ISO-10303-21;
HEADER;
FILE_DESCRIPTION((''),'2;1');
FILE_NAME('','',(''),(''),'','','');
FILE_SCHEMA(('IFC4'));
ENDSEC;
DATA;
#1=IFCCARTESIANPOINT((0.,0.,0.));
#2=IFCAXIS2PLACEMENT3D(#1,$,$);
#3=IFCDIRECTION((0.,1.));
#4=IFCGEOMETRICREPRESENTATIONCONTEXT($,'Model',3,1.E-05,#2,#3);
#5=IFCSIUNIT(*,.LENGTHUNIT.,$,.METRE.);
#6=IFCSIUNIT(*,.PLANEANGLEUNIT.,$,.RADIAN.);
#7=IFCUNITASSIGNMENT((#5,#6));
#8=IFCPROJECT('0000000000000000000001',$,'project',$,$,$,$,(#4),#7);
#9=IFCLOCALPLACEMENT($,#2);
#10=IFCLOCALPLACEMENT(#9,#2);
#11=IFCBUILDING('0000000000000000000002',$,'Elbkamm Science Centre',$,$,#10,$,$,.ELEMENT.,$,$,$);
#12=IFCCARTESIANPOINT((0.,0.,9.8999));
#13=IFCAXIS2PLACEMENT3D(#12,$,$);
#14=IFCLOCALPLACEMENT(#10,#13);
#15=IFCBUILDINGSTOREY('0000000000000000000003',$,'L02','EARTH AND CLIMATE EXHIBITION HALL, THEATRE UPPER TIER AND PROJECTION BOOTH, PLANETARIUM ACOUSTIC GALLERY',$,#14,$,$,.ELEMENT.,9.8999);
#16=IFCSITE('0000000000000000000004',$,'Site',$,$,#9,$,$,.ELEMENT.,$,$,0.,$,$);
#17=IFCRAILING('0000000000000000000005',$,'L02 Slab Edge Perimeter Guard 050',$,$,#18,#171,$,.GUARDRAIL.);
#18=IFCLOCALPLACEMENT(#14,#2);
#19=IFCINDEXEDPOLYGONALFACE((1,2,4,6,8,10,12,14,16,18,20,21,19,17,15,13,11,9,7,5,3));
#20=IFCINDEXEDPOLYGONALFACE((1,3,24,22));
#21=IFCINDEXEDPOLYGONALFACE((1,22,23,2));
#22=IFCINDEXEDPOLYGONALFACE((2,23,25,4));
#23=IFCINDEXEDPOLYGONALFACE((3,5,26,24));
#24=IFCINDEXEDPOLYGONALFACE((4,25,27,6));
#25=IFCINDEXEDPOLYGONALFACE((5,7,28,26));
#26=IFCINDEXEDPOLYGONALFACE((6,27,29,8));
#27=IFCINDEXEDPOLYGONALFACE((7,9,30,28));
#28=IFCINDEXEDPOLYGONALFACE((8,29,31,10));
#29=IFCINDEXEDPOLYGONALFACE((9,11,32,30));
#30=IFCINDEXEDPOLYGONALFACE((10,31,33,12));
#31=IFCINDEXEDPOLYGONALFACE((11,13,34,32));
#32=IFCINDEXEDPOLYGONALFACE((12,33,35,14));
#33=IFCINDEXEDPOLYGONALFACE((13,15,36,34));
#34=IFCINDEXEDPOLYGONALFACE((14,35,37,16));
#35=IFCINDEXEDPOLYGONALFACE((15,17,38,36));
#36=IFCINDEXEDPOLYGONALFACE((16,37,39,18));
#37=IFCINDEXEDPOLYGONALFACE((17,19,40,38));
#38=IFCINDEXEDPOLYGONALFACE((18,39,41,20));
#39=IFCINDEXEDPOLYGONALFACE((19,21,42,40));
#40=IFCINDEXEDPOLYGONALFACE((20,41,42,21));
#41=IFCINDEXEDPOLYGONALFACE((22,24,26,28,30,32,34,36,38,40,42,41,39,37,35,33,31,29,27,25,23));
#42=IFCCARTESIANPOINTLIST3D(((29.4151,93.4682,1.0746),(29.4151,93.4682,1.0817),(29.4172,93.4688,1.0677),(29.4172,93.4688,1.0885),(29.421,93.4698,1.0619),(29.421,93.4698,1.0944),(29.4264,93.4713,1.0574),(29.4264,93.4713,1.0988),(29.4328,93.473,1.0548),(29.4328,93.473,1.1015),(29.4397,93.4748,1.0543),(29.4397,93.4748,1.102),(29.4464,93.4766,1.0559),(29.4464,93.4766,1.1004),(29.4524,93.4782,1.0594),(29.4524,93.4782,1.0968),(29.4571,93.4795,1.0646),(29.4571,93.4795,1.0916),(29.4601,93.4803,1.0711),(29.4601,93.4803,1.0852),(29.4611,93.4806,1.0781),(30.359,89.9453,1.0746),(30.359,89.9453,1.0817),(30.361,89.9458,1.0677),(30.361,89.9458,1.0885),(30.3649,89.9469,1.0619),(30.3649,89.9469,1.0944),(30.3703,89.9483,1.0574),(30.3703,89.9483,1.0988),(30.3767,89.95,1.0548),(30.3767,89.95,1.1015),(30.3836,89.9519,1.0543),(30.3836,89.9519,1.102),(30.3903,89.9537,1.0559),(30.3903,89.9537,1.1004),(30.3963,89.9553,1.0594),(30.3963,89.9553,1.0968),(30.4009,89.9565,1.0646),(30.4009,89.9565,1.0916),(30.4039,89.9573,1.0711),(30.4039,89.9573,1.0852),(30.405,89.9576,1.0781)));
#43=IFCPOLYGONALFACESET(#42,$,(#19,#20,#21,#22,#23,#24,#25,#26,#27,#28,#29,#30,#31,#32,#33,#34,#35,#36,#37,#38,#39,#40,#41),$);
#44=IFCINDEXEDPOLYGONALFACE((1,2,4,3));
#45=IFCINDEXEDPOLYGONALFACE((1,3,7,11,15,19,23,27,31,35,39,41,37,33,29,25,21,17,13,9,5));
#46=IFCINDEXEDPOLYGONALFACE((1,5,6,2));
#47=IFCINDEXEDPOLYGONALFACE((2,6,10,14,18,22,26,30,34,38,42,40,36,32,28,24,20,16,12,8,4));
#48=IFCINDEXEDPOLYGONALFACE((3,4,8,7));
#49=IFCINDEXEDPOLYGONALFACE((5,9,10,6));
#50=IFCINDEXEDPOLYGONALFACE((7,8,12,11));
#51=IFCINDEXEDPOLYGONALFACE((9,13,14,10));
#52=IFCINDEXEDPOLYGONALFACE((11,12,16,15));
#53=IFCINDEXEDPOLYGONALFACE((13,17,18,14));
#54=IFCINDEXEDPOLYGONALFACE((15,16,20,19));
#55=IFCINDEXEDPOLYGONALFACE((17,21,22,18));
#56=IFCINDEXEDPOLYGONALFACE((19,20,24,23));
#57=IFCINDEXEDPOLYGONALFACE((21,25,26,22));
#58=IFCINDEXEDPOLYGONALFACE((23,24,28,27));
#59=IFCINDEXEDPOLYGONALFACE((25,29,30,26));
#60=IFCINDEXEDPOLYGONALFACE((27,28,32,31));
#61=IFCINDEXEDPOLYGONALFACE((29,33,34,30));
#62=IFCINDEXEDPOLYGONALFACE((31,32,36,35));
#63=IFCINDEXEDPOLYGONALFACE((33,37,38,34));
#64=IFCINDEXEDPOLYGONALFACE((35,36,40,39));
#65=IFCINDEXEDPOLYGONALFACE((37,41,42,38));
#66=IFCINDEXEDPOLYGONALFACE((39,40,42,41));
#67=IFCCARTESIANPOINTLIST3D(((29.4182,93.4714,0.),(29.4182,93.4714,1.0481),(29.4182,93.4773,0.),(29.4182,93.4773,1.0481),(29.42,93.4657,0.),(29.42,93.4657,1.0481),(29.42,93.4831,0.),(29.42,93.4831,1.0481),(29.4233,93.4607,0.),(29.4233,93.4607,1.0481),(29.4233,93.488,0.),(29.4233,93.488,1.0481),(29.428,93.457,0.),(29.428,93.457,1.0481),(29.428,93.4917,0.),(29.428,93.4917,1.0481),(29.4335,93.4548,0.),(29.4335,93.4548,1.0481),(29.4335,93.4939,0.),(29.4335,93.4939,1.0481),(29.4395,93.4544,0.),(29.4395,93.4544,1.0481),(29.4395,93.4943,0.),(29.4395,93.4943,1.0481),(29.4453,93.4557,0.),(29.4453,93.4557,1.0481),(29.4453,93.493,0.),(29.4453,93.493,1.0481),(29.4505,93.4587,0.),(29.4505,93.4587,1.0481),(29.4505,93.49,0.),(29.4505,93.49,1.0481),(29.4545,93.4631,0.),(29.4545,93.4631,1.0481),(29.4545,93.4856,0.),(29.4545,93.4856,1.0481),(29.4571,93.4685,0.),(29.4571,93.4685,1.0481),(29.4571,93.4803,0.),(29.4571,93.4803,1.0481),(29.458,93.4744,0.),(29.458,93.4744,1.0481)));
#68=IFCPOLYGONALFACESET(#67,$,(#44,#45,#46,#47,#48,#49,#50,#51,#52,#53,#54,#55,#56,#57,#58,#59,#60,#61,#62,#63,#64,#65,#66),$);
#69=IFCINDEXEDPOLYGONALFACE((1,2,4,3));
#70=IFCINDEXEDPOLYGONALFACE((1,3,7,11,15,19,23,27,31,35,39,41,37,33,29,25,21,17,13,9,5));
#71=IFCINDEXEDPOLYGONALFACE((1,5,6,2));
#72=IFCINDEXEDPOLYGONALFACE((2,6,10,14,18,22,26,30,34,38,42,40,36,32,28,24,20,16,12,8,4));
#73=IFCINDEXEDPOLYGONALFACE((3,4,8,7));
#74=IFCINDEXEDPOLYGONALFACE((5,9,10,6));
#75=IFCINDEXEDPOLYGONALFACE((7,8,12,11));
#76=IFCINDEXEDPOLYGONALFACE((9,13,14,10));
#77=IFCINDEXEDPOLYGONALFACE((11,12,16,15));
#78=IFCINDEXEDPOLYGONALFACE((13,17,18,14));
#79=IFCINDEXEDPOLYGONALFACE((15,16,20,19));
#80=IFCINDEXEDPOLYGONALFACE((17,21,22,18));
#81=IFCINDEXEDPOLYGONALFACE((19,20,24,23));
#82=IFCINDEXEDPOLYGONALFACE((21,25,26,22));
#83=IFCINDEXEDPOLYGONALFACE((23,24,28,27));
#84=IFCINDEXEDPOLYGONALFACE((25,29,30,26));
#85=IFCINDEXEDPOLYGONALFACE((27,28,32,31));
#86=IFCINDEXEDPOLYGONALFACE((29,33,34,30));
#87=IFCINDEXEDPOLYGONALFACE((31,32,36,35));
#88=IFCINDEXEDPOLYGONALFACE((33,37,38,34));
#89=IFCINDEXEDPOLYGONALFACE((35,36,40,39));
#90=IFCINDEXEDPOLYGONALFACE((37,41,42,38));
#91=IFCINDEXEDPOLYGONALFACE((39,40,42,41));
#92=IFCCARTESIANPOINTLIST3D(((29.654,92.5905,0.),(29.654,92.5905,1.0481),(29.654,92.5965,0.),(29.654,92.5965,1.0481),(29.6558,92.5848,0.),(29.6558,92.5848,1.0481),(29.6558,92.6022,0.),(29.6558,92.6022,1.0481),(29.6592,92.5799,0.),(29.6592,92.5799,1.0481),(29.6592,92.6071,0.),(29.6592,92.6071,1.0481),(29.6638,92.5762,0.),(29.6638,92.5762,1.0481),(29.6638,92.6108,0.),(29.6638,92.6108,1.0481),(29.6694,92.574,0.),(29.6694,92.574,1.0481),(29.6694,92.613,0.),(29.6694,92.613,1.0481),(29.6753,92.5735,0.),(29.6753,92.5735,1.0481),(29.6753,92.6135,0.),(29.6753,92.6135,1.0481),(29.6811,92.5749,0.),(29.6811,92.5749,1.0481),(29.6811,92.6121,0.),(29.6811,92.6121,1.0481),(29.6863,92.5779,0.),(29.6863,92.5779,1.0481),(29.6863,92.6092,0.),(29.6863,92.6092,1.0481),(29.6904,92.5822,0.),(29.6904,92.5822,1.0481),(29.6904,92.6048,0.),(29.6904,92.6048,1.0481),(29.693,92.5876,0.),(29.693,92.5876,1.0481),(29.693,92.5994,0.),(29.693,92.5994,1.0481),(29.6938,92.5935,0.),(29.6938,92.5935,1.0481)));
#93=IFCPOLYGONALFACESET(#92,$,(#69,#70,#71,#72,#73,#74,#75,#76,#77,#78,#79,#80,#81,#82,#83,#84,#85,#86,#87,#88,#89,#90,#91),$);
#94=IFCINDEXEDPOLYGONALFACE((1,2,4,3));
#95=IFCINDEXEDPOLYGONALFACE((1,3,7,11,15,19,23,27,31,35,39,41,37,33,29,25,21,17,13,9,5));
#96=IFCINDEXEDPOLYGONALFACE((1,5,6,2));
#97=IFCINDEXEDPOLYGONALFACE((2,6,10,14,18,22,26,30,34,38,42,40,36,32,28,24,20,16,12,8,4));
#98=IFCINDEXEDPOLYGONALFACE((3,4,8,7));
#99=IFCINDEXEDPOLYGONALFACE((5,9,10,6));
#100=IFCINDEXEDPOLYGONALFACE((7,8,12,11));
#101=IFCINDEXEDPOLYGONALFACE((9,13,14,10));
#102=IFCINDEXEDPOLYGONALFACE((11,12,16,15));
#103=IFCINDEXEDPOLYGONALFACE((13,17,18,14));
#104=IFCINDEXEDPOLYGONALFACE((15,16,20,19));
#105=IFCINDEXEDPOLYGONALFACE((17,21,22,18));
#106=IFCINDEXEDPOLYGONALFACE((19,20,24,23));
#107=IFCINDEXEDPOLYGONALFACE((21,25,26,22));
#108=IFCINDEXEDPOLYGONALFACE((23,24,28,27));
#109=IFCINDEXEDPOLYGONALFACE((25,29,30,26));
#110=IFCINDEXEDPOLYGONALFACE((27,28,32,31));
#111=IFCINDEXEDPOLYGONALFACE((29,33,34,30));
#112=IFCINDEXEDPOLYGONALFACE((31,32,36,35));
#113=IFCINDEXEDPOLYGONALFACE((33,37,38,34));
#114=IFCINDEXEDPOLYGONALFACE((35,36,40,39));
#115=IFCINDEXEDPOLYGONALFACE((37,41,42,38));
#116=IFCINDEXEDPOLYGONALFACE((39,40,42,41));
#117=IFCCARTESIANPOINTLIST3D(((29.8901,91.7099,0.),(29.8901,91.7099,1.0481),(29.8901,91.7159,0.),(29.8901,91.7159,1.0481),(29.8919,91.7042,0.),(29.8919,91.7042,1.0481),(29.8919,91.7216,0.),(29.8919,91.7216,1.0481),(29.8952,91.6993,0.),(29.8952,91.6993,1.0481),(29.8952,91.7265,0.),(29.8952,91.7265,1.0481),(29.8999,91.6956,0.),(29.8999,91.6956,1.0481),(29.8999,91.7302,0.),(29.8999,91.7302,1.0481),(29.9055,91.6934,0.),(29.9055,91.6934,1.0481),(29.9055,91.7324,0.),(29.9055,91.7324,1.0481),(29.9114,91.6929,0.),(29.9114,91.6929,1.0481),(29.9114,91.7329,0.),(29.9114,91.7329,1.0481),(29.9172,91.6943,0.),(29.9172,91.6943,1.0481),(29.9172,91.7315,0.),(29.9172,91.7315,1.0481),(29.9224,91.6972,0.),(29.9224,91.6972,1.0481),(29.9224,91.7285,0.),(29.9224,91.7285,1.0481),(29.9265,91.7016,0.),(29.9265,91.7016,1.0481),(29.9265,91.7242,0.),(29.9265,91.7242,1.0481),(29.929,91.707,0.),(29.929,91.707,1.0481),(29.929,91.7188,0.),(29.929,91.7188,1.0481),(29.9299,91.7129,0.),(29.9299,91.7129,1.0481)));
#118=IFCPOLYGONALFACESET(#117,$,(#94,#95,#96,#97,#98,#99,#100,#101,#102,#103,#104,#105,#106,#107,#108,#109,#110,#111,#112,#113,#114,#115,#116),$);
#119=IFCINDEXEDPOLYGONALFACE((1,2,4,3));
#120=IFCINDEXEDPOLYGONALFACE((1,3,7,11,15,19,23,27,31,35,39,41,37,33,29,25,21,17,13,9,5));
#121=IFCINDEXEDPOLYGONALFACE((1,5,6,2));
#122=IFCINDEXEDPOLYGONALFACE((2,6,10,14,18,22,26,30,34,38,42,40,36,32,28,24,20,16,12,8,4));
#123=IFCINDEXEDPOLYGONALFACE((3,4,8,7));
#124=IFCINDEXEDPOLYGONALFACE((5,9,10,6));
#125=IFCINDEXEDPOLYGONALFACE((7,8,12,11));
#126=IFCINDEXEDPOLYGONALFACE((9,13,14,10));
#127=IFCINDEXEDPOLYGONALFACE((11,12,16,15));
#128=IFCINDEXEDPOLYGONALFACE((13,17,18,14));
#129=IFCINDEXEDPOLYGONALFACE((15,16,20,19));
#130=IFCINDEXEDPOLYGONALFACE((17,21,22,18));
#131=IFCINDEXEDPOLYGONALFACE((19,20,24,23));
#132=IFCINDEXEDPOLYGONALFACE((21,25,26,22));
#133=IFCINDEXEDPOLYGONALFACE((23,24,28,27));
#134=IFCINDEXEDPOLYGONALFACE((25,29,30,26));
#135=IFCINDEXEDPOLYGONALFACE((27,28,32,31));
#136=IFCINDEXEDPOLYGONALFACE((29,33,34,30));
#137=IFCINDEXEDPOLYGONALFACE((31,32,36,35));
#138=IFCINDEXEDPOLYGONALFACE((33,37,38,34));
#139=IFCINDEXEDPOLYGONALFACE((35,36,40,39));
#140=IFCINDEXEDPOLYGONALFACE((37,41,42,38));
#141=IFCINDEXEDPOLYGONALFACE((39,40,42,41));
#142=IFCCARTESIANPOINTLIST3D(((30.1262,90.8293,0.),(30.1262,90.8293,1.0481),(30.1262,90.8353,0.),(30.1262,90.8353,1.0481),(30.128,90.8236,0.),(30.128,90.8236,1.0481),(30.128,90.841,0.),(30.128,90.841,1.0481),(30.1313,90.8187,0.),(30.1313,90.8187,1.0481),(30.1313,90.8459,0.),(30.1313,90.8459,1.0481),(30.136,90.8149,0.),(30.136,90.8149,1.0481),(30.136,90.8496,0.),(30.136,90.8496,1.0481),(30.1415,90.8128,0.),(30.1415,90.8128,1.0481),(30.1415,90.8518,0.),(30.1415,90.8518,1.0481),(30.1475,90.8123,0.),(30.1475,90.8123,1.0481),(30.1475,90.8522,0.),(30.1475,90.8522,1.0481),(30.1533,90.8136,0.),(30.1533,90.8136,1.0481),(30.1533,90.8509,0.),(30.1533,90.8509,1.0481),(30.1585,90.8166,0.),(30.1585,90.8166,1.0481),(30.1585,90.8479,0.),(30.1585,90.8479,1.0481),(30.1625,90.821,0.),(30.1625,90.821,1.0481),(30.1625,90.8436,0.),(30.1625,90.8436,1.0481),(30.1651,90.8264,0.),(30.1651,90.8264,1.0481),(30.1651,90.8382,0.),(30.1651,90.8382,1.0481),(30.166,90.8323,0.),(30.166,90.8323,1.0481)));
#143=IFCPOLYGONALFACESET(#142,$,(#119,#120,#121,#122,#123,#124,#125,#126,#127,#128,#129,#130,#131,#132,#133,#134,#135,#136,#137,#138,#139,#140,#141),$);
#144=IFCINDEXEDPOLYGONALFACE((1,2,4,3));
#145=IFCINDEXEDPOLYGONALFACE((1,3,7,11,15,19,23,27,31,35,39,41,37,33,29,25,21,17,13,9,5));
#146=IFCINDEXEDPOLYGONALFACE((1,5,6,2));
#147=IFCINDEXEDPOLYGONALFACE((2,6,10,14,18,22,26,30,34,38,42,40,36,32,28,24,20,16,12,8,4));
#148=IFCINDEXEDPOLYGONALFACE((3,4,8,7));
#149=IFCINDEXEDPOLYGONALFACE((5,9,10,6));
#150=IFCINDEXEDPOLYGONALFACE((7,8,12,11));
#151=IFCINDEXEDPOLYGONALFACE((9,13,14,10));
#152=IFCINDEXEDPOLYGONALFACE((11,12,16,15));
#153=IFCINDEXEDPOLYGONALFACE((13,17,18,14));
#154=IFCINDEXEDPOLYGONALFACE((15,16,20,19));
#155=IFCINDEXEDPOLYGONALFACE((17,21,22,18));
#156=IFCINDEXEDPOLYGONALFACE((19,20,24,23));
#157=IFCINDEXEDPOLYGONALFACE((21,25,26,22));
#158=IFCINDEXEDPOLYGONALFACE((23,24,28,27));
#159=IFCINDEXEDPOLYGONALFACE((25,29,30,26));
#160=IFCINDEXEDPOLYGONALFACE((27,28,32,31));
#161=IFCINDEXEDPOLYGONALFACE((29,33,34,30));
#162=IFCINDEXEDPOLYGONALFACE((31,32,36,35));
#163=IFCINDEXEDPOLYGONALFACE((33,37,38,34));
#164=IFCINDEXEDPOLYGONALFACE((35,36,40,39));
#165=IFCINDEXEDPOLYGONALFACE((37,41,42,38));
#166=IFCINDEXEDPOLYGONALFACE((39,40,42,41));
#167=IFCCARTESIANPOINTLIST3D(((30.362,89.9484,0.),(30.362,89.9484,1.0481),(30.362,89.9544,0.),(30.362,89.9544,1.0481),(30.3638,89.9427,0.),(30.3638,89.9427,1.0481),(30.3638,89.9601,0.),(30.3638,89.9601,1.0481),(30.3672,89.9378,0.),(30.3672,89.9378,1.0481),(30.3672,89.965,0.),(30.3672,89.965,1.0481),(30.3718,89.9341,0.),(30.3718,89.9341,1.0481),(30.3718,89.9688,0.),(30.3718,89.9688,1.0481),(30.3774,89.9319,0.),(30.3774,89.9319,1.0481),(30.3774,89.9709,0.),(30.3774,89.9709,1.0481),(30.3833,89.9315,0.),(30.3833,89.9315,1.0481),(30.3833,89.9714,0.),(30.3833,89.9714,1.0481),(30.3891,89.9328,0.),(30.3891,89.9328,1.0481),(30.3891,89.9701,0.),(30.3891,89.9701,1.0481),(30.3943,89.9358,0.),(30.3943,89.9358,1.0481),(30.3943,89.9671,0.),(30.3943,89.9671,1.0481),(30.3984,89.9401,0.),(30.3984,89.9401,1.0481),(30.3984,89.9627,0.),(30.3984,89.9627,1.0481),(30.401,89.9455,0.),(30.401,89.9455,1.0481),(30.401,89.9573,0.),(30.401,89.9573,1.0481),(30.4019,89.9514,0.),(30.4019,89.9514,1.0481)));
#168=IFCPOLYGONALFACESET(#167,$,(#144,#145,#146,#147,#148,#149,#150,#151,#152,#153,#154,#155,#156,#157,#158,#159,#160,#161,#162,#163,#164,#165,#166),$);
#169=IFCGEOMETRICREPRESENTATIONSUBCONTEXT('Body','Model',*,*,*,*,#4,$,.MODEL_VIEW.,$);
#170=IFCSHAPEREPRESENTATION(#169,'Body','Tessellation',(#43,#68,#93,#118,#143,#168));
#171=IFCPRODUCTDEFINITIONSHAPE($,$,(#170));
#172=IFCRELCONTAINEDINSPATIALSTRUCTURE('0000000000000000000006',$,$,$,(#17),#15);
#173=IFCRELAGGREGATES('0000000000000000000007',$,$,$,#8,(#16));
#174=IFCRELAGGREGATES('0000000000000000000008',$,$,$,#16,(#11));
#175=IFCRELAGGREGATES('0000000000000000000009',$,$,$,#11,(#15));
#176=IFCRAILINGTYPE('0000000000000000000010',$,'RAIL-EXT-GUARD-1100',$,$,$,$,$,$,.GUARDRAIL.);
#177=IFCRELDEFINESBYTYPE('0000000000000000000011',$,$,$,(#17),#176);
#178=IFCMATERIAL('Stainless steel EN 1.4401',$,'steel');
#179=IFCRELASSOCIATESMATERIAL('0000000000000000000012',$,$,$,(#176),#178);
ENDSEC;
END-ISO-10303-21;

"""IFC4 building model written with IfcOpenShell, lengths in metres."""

from ifc_helpers import new_model, si_unit, direction, frame, origin, origin_2d, place, context, subcontext, project, spatial, circle, extrude, material, type_object, element, save


model = new_model("IFC4")

# Units and contexts
model_context = context("Model", 3, precision=1e-05, world=origin(), true_north=direction((0.0, 1.0)))
body_context = subcontext(model_context, "Body", "Model", "MODEL_VIEW")
ifc_project = project(units=[si_unit("LENGTHUNIT", "METRE"), si_unit("PLANEANGLEUNIT", "RADIAN")], contexts=[model_context])

# Site, building, storey
site_placement = place(None, origin())
site = spatial("IfcSite", under=ifc_project, at=site_placement, Name="Site", CompositionType="ELEMENT", RefElevation=0.0)
building_placement = place(site_placement, origin())
building = spatial("IfcBuilding", under=site, at=building_placement, Name="Elbkamm Science Centre", CompositionType="ELEMENT")
storey_placement = place(building_placement, frame((0.0, 0.0, 9.8999)))
storey = spatial("IfcBuildingStorey", under=building, at=storey_placement, Name="L02", Description="EARTH AND CLIMATE EXHIBITION HALL, THEATRE UPPER TIER AND PROJECTION BOOTH, PLANETARIUM ACOUSTIC GALLERY", CompositionType="ELEMENT", Elevation=9.8999)

# Railing
ifc_material_1 = material(Name="Stainless steel EN 1.4401", Category="steel")
railing_type = type_object("IfcRailingType", Name="RAIL-EXT-GUARD-1100", PredefinedType="GUARDRAIL", material=ifc_material_1)
railing_1_placement = place(storey_placement, frame((29.438, 93.4744, 0.0)))
element("IfcRailing", 1, at=railing_1_placement, inside=storey, type_object=railing_type, Name="L02 Slab Edge Perimeter Guard 050", PredefinedType="GUARDRAIL", context=body_context, shape_type="SweptSolid", body=[
    extrude(circle(Radius=0.0239, at=origin_2d()), frame((0.0, 0.0, 1.0781), z_axis=(0.258787, -0.965934, 0.0), x_axis=(0.965934, 0.258787, 0.0)), (0.0, 0.0, 1.0), 3.6472),
    extrude(circle(Radius=0.02, at=origin_2d()), origin(), (0.0, 0.0, 1.0), 1.0481),
    extrude(circle(Radius=0.02, at=origin_2d()), frame((0.2358, -0.8809, 0.0)), (0.0, 0.0, 1.0), 1.0481),
    extrude(circle(Radius=0.02, at=origin_2d()), frame((0.4719, -1.7615, 0.0)), (0.0, 0.0, 1.0), 1.0481),
    extrude(circle(Radius=0.02, at=origin_2d()), frame((0.708, -2.6421, 0.0)), (0.0, 0.0, 1.0), 1.0481),
    extrude(circle(Radius=0.02, at=origin_2d()), frame((0.9438, -3.5229, 0.0)), (0.0, 0.0, 1.0), 1.0481),
])

save(model, "model.ifc")
